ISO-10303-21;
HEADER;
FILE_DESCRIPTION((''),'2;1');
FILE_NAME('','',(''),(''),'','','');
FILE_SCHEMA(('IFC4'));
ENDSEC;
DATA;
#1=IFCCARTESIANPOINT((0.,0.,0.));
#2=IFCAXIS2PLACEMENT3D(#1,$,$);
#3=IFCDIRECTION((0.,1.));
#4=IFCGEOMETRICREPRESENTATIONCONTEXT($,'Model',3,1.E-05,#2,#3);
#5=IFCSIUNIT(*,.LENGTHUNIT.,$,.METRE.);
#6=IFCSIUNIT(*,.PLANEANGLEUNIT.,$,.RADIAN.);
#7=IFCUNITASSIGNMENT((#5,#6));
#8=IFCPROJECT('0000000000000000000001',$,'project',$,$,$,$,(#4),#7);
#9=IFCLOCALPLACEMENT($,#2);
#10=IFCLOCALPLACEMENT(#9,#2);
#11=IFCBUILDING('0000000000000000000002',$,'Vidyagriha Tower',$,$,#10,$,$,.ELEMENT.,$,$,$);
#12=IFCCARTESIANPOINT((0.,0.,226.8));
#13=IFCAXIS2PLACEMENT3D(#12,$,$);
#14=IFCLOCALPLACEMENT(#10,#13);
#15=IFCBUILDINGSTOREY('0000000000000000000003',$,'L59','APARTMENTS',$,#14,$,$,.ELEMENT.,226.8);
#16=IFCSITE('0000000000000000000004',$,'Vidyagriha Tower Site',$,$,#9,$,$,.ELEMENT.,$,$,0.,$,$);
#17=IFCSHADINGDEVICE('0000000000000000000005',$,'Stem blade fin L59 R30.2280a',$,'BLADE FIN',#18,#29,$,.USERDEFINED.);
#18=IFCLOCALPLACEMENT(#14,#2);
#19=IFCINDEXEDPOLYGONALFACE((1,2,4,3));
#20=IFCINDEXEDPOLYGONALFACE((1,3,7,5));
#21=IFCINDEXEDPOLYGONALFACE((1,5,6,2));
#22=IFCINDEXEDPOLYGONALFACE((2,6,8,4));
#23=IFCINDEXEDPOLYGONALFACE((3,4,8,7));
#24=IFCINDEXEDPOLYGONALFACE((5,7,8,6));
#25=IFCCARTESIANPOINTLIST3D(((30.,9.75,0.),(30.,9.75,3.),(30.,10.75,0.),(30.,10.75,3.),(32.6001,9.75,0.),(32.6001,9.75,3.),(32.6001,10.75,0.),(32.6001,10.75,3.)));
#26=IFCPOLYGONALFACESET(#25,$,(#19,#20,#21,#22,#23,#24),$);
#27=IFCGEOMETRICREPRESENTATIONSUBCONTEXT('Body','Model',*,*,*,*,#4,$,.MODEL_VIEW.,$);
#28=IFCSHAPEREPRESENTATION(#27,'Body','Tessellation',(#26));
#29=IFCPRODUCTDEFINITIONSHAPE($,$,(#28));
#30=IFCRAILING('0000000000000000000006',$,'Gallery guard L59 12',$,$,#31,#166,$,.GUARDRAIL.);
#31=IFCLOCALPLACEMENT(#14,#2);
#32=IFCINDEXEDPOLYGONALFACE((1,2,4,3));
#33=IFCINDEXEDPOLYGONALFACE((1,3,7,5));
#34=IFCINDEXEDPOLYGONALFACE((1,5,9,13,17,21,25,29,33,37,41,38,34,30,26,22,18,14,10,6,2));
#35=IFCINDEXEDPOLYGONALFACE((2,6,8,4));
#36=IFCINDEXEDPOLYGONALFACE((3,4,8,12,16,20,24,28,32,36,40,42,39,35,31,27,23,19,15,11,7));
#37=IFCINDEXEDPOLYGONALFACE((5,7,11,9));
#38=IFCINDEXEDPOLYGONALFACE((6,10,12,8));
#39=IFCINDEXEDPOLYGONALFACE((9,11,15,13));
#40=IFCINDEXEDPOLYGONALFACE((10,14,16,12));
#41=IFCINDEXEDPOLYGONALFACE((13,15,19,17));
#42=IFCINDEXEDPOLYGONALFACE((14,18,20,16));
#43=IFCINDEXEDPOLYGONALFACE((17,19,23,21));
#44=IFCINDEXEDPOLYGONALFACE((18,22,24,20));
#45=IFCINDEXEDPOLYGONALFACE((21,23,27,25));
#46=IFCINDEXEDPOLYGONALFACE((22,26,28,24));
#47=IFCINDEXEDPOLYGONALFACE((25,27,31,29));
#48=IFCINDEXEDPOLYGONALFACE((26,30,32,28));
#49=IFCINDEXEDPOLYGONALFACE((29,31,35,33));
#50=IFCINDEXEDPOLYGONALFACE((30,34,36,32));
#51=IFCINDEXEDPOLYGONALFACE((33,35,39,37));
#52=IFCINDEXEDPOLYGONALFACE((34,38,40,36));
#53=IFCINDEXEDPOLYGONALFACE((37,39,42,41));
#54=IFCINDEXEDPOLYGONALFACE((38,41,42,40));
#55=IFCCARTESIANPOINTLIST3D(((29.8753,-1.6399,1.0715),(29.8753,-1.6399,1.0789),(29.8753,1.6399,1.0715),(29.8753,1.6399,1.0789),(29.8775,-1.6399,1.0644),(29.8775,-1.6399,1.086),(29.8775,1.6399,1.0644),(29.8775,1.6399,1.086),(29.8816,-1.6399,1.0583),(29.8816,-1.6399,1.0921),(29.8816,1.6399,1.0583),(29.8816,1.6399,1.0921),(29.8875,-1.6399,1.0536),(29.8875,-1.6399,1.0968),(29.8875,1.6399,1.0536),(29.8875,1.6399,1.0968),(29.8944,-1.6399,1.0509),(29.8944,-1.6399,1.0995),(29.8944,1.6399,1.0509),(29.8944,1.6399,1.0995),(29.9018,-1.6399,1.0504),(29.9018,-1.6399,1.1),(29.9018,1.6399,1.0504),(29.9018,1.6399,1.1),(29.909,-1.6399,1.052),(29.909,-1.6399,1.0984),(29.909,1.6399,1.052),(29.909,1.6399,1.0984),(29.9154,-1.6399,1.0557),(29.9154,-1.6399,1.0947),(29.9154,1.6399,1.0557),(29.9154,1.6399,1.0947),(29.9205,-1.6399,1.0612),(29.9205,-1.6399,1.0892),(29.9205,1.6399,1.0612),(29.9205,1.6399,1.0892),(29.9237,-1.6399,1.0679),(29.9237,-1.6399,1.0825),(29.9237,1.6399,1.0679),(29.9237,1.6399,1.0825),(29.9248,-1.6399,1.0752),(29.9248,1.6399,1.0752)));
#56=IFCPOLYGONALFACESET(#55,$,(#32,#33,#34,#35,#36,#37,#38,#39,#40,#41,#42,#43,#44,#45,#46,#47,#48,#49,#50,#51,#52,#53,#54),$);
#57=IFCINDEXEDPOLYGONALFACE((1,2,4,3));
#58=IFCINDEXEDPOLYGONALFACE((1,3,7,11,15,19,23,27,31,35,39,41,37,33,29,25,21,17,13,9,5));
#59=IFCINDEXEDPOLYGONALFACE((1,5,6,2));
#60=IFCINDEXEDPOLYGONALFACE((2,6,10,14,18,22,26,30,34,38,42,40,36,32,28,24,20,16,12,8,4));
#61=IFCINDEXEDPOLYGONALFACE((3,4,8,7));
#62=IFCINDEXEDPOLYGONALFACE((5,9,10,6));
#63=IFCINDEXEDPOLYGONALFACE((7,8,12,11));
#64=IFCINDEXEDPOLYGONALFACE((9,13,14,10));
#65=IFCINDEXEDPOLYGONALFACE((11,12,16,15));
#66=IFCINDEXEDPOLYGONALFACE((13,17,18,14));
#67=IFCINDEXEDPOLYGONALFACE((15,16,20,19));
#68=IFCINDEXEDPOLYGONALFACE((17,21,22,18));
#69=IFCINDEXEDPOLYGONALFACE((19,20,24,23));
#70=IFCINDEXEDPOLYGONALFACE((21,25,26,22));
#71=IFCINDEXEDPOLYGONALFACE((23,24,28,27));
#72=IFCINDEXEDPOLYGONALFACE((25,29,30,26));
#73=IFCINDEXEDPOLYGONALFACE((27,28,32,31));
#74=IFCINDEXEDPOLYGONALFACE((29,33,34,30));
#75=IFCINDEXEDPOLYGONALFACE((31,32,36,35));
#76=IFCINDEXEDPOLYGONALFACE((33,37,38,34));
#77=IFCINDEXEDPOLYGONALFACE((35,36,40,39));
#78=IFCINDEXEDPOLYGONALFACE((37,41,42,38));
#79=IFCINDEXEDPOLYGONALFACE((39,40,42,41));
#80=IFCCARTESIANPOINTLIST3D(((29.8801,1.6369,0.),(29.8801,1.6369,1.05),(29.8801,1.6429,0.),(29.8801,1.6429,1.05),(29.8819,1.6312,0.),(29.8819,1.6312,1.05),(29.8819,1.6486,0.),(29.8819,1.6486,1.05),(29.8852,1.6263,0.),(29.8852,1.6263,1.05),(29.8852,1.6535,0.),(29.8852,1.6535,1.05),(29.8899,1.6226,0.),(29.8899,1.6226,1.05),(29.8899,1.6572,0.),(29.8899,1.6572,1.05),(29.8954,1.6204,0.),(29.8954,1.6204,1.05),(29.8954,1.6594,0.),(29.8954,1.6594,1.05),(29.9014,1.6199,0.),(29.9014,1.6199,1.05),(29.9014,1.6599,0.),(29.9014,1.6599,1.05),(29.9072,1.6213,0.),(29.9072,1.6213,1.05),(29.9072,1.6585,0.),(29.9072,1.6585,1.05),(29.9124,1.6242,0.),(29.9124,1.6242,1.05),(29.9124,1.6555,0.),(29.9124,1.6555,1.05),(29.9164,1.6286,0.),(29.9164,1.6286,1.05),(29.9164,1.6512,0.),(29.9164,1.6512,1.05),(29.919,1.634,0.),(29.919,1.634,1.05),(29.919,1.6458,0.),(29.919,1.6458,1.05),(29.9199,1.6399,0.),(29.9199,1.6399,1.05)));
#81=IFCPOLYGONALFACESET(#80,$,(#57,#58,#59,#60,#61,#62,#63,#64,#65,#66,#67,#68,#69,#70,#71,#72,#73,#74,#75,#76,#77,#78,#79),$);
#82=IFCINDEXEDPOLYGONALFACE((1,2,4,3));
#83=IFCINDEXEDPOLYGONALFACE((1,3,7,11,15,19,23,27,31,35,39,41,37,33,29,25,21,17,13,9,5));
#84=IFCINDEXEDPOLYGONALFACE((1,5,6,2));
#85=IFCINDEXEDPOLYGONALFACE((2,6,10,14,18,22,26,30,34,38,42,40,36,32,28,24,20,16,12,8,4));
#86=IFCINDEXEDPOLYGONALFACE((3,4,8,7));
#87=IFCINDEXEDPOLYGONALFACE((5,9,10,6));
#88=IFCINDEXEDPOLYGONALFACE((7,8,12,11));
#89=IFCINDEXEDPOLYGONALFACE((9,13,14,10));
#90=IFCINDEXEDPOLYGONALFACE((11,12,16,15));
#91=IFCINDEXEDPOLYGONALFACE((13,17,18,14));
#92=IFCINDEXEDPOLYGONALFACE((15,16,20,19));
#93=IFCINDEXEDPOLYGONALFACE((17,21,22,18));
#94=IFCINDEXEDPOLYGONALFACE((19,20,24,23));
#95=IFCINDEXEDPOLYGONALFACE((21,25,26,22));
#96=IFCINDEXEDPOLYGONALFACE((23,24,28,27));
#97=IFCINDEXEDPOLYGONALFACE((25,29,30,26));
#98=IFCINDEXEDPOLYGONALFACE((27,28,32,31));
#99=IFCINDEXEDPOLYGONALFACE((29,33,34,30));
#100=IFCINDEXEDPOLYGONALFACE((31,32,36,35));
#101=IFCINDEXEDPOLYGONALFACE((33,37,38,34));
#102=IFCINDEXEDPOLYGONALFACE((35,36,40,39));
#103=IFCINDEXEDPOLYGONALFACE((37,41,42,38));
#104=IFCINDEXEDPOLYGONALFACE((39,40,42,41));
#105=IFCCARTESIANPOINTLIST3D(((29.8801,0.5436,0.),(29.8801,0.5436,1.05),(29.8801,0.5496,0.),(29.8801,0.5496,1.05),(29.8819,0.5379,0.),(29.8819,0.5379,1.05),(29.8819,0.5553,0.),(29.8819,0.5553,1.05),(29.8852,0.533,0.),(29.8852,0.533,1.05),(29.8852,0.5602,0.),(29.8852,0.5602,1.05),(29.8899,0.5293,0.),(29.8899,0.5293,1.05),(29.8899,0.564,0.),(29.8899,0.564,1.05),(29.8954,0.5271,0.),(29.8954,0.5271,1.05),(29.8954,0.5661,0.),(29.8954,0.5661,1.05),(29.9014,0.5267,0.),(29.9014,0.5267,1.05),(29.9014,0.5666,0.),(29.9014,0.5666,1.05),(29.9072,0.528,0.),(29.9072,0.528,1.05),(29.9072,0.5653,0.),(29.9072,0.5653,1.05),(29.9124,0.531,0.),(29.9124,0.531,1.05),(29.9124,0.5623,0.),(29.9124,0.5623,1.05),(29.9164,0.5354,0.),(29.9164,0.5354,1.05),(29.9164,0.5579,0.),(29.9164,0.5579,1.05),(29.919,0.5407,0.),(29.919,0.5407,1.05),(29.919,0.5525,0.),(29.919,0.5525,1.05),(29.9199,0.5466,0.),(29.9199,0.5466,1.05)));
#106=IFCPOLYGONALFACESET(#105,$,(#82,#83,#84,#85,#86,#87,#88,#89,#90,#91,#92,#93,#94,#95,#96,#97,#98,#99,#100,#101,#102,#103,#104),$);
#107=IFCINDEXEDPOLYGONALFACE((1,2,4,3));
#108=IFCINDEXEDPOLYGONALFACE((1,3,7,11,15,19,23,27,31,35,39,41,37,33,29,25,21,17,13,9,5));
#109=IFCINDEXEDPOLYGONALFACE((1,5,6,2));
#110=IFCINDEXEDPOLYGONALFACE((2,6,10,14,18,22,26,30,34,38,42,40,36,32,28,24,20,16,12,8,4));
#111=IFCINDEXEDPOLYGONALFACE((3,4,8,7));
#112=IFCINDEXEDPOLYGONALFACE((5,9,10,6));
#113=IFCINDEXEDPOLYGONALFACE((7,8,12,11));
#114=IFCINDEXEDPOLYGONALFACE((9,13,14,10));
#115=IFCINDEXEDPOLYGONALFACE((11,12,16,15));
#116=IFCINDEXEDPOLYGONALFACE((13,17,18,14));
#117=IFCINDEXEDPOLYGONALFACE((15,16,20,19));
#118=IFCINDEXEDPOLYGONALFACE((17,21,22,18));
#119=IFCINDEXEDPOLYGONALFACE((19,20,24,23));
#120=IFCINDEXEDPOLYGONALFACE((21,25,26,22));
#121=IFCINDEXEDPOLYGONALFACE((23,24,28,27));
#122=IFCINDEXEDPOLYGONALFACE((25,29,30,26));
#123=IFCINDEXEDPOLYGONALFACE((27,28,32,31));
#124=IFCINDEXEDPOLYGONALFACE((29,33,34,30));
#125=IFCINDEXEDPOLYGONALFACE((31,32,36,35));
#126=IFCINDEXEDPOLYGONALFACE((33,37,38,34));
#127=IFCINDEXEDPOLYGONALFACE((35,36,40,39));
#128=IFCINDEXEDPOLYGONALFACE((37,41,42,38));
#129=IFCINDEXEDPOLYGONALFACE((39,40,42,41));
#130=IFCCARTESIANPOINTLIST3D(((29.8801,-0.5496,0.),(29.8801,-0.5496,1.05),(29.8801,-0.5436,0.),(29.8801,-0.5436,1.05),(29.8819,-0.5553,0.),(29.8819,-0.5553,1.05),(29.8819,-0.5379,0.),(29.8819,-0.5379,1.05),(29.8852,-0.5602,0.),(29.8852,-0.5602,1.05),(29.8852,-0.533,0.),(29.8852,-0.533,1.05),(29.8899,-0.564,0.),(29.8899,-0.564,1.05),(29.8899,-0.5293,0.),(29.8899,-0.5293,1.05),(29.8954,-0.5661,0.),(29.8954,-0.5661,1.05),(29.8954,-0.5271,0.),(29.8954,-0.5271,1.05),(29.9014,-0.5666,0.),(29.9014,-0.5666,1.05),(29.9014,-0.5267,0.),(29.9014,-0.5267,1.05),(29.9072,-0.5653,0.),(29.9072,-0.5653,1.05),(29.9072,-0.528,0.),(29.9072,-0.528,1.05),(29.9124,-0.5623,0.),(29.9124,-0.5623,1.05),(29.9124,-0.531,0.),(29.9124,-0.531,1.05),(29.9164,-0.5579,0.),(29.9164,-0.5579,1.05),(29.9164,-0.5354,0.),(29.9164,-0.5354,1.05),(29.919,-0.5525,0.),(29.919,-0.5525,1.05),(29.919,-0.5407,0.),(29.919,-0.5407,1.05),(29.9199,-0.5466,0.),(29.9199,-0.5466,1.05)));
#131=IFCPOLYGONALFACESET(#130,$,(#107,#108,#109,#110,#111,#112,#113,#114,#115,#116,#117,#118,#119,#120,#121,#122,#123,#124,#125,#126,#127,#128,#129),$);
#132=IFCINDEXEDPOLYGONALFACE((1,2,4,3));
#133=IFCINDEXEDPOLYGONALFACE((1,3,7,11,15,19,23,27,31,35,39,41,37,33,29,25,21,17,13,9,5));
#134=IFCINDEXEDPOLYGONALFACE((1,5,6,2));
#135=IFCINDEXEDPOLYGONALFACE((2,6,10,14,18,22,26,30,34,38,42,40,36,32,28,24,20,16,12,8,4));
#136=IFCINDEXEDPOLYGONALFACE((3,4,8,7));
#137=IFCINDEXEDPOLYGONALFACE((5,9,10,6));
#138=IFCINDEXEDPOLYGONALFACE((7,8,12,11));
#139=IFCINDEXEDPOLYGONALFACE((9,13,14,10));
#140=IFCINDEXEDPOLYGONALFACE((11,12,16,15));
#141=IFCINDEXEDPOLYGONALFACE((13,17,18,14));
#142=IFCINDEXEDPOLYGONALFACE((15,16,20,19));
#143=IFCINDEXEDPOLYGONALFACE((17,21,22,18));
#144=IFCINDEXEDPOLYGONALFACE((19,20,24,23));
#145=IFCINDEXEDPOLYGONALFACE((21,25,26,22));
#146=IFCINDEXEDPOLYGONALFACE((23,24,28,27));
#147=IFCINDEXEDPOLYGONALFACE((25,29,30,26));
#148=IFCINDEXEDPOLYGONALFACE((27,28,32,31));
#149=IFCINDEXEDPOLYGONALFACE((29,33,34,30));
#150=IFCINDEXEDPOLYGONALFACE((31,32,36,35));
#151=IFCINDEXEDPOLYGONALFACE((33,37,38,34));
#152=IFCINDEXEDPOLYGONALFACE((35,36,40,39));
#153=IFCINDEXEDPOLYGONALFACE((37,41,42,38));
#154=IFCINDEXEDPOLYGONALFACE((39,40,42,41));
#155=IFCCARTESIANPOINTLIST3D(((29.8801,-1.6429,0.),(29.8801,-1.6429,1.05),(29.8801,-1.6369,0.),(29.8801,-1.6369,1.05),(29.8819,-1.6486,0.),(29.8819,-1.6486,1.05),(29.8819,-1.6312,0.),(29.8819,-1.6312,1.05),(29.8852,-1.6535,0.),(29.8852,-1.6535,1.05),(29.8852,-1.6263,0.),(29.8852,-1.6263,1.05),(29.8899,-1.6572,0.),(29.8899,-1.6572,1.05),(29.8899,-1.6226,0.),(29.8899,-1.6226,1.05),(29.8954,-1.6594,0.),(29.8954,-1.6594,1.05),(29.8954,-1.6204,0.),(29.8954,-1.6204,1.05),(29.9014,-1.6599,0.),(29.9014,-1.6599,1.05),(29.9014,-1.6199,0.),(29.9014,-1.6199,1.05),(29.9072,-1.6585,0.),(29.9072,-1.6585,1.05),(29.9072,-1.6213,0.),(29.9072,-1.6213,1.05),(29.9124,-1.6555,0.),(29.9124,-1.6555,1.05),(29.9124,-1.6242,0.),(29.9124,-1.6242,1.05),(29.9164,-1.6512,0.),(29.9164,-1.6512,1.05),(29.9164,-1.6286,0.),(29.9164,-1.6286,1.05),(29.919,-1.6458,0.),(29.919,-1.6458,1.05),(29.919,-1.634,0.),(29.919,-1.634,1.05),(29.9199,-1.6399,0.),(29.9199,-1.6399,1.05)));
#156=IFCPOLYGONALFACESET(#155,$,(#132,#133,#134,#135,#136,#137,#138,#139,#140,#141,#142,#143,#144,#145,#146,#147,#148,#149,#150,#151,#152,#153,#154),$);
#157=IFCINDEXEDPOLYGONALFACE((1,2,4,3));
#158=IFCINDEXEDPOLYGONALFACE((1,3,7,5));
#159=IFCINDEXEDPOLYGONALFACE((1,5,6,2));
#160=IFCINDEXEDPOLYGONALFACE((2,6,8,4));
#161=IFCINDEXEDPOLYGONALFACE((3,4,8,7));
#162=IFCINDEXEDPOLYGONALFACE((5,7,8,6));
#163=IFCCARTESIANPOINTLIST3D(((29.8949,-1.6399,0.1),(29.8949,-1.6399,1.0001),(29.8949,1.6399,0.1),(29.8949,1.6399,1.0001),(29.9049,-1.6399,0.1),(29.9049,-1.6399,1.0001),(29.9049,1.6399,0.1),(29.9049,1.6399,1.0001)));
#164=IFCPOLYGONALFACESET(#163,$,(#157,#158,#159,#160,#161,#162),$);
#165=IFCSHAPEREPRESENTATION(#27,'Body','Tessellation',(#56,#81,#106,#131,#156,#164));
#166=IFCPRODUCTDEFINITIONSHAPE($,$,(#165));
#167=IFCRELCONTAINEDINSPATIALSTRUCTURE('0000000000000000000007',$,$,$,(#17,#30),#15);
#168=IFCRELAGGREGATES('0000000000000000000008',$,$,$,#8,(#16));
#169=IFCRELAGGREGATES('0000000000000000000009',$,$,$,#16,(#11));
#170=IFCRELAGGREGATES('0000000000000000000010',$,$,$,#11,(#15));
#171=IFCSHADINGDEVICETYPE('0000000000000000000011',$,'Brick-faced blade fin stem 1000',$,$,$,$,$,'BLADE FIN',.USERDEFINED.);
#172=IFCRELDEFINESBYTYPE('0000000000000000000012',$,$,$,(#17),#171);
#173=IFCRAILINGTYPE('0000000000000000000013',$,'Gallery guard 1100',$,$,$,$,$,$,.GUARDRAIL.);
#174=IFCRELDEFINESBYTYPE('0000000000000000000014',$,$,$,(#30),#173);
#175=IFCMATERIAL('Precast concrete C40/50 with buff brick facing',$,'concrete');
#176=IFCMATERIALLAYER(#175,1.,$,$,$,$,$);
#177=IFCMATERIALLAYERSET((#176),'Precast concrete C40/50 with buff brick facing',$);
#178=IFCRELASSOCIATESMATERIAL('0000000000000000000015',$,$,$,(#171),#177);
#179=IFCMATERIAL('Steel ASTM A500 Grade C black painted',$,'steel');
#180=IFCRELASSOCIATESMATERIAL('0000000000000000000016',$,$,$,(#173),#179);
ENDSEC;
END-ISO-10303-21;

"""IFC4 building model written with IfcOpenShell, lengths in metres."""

from ifc_helpers import new_model, si_unit, direction, frame, origin, origin_2d, place, context, subcontext, project, spatial, polyline, rectangle, circle, outline, extrude, material, layer, layer_set, type_object, element, save


model = new_model("IFC4")

# Units and contexts
model_context = context("Model", 3, precision=1e-05, world=origin(), true_north=direction((0.0, 1.0)))
body_context = subcontext(model_context, "Body", "Model", "MODEL_VIEW")
ifc_project = project(units=[si_unit("LENGTHUNIT", "METRE"), si_unit("PLANEANGLEUNIT", "RADIAN")], contexts=[model_context])

# Site, building, storey
site_placement = place(None, origin())
site = spatial("IfcSite", under=ifc_project, at=site_placement, Name="Vidyagriha Tower Site", CompositionType="ELEMENT", RefElevation=0.0)
building_placement = place(site_placement, origin())
building = spatial("IfcBuilding", under=site, at=building_placement, Name="Vidyagriha Tower", CompositionType="ELEMENT")
storey_placement = place(building_placement, frame((0.0, 0.0, 226.8)))
storey = spatial("IfcBuildingStorey", under=building, at=storey_placement, Name="L59", Description="APARTMENTS", CompositionType="ELEMENT", Elevation=226.8)

# Shading device
ifc_material_1 = material(Name="Precast concrete C40/50 with buff brick facing", Category="concrete")
ifc_layer_1 = layer(ifc_material_1, 1.0)
ifc_layer_set_1 = layer_set([ifc_layer_1], Name="Precast concrete C40/50 with buff brick facing")
shading_device_type_1 = type_object("IfcShadingDeviceType", Name="Brick-faced blade fin stem 1000", ElementType="BLADE FIN", PredefinedType="USERDEFINED", material=ifc_layer_set_1)
shading_device_1_placement = place(storey_placement, frame((31.3, 9.75, 0.0), z_axis=(0.0, 0.0, 1.0), x_axis=(0.0, 1.0, 0.0)))
element("IfcShadingDevice", 1, at=shading_device_1_placement, inside=storey, type_object=shading_device_type_1, Name="Stem blade fin L59 R30.2280a", ObjectType="BLADE FIN", PredefinedType="USERDEFINED", context=body_context, shape_type="SweptSolid", body=[
    extrude(outline(polyline([(0.0, 0.0), (1.0, 0.0), (1.0, 3.0), (0.0, 3.0), (0.0, 0.0)])), frame((0.0, 1.3, 0.0), z_axis=(0.0, -1.0, 0.0), x_axis=(1.0, 0.0, 0.0)), (0.0, 0.0, 1.0), 2.6001),
])

# Railing
ifc_material_2 = material(Name="Steel ASTM A500 Grade C black painted", Category="steel")
railing_type_1 = type_object("IfcRailingType", Name="Gallery guard 1100", PredefinedType="GUARDRAIL", material=ifc_material_2)
railing_1_placement = place(storey_placement, frame((29.8999, 1.6399, 0.0)))
element("IfcRailing", 2, at=railing_1_placement, inside=storey, type_object=railing_type_1, Name="Gallery guard L59 12", PredefinedType="GUARDRAIL", context=body_context, shape_type="SweptSolid", body=[
    extrude(circle(Radius=0.0249, at=origin_2d()), frame((0.0, 0.0, 1.0752), z_axis=(0.0, -1.0, 0.0), x_axis=(1.0, 0.0, 0.0)), (0.0, 0.0, 1.0), 3.2798),
    extrude(circle(Radius=0.02, at=origin_2d()), origin(), (0.0, 0.0, 1.0), 1.05),
    extrude(circle(Radius=0.02, at=origin_2d()), frame((0.0, -1.0933, 0.0)), (0.0, 0.0, 1.0), 1.05),
    extrude(circle(Radius=0.02, at=origin_2d()), frame((0.0, -2.1865, 0.0)), (0.0, 0.0, 1.0), 1.05),
    extrude(circle(Radius=0.02, at=origin_2d()), frame((0.0, -3.2798, 0.0)), (0.0, 0.0, 1.0), 1.05),
    extrude(rectangle(XDim=0.01, YDim=0.9001, at=origin_2d()), frame((0.0, 0.0, 0.55), z_axis=(0.0, -1.0, 0.0), x_axis=(1.0, 0.0, 0.0)), (0.0, 0.0, 1.0), 3.2798),
])

save(model, "model.ifc")
